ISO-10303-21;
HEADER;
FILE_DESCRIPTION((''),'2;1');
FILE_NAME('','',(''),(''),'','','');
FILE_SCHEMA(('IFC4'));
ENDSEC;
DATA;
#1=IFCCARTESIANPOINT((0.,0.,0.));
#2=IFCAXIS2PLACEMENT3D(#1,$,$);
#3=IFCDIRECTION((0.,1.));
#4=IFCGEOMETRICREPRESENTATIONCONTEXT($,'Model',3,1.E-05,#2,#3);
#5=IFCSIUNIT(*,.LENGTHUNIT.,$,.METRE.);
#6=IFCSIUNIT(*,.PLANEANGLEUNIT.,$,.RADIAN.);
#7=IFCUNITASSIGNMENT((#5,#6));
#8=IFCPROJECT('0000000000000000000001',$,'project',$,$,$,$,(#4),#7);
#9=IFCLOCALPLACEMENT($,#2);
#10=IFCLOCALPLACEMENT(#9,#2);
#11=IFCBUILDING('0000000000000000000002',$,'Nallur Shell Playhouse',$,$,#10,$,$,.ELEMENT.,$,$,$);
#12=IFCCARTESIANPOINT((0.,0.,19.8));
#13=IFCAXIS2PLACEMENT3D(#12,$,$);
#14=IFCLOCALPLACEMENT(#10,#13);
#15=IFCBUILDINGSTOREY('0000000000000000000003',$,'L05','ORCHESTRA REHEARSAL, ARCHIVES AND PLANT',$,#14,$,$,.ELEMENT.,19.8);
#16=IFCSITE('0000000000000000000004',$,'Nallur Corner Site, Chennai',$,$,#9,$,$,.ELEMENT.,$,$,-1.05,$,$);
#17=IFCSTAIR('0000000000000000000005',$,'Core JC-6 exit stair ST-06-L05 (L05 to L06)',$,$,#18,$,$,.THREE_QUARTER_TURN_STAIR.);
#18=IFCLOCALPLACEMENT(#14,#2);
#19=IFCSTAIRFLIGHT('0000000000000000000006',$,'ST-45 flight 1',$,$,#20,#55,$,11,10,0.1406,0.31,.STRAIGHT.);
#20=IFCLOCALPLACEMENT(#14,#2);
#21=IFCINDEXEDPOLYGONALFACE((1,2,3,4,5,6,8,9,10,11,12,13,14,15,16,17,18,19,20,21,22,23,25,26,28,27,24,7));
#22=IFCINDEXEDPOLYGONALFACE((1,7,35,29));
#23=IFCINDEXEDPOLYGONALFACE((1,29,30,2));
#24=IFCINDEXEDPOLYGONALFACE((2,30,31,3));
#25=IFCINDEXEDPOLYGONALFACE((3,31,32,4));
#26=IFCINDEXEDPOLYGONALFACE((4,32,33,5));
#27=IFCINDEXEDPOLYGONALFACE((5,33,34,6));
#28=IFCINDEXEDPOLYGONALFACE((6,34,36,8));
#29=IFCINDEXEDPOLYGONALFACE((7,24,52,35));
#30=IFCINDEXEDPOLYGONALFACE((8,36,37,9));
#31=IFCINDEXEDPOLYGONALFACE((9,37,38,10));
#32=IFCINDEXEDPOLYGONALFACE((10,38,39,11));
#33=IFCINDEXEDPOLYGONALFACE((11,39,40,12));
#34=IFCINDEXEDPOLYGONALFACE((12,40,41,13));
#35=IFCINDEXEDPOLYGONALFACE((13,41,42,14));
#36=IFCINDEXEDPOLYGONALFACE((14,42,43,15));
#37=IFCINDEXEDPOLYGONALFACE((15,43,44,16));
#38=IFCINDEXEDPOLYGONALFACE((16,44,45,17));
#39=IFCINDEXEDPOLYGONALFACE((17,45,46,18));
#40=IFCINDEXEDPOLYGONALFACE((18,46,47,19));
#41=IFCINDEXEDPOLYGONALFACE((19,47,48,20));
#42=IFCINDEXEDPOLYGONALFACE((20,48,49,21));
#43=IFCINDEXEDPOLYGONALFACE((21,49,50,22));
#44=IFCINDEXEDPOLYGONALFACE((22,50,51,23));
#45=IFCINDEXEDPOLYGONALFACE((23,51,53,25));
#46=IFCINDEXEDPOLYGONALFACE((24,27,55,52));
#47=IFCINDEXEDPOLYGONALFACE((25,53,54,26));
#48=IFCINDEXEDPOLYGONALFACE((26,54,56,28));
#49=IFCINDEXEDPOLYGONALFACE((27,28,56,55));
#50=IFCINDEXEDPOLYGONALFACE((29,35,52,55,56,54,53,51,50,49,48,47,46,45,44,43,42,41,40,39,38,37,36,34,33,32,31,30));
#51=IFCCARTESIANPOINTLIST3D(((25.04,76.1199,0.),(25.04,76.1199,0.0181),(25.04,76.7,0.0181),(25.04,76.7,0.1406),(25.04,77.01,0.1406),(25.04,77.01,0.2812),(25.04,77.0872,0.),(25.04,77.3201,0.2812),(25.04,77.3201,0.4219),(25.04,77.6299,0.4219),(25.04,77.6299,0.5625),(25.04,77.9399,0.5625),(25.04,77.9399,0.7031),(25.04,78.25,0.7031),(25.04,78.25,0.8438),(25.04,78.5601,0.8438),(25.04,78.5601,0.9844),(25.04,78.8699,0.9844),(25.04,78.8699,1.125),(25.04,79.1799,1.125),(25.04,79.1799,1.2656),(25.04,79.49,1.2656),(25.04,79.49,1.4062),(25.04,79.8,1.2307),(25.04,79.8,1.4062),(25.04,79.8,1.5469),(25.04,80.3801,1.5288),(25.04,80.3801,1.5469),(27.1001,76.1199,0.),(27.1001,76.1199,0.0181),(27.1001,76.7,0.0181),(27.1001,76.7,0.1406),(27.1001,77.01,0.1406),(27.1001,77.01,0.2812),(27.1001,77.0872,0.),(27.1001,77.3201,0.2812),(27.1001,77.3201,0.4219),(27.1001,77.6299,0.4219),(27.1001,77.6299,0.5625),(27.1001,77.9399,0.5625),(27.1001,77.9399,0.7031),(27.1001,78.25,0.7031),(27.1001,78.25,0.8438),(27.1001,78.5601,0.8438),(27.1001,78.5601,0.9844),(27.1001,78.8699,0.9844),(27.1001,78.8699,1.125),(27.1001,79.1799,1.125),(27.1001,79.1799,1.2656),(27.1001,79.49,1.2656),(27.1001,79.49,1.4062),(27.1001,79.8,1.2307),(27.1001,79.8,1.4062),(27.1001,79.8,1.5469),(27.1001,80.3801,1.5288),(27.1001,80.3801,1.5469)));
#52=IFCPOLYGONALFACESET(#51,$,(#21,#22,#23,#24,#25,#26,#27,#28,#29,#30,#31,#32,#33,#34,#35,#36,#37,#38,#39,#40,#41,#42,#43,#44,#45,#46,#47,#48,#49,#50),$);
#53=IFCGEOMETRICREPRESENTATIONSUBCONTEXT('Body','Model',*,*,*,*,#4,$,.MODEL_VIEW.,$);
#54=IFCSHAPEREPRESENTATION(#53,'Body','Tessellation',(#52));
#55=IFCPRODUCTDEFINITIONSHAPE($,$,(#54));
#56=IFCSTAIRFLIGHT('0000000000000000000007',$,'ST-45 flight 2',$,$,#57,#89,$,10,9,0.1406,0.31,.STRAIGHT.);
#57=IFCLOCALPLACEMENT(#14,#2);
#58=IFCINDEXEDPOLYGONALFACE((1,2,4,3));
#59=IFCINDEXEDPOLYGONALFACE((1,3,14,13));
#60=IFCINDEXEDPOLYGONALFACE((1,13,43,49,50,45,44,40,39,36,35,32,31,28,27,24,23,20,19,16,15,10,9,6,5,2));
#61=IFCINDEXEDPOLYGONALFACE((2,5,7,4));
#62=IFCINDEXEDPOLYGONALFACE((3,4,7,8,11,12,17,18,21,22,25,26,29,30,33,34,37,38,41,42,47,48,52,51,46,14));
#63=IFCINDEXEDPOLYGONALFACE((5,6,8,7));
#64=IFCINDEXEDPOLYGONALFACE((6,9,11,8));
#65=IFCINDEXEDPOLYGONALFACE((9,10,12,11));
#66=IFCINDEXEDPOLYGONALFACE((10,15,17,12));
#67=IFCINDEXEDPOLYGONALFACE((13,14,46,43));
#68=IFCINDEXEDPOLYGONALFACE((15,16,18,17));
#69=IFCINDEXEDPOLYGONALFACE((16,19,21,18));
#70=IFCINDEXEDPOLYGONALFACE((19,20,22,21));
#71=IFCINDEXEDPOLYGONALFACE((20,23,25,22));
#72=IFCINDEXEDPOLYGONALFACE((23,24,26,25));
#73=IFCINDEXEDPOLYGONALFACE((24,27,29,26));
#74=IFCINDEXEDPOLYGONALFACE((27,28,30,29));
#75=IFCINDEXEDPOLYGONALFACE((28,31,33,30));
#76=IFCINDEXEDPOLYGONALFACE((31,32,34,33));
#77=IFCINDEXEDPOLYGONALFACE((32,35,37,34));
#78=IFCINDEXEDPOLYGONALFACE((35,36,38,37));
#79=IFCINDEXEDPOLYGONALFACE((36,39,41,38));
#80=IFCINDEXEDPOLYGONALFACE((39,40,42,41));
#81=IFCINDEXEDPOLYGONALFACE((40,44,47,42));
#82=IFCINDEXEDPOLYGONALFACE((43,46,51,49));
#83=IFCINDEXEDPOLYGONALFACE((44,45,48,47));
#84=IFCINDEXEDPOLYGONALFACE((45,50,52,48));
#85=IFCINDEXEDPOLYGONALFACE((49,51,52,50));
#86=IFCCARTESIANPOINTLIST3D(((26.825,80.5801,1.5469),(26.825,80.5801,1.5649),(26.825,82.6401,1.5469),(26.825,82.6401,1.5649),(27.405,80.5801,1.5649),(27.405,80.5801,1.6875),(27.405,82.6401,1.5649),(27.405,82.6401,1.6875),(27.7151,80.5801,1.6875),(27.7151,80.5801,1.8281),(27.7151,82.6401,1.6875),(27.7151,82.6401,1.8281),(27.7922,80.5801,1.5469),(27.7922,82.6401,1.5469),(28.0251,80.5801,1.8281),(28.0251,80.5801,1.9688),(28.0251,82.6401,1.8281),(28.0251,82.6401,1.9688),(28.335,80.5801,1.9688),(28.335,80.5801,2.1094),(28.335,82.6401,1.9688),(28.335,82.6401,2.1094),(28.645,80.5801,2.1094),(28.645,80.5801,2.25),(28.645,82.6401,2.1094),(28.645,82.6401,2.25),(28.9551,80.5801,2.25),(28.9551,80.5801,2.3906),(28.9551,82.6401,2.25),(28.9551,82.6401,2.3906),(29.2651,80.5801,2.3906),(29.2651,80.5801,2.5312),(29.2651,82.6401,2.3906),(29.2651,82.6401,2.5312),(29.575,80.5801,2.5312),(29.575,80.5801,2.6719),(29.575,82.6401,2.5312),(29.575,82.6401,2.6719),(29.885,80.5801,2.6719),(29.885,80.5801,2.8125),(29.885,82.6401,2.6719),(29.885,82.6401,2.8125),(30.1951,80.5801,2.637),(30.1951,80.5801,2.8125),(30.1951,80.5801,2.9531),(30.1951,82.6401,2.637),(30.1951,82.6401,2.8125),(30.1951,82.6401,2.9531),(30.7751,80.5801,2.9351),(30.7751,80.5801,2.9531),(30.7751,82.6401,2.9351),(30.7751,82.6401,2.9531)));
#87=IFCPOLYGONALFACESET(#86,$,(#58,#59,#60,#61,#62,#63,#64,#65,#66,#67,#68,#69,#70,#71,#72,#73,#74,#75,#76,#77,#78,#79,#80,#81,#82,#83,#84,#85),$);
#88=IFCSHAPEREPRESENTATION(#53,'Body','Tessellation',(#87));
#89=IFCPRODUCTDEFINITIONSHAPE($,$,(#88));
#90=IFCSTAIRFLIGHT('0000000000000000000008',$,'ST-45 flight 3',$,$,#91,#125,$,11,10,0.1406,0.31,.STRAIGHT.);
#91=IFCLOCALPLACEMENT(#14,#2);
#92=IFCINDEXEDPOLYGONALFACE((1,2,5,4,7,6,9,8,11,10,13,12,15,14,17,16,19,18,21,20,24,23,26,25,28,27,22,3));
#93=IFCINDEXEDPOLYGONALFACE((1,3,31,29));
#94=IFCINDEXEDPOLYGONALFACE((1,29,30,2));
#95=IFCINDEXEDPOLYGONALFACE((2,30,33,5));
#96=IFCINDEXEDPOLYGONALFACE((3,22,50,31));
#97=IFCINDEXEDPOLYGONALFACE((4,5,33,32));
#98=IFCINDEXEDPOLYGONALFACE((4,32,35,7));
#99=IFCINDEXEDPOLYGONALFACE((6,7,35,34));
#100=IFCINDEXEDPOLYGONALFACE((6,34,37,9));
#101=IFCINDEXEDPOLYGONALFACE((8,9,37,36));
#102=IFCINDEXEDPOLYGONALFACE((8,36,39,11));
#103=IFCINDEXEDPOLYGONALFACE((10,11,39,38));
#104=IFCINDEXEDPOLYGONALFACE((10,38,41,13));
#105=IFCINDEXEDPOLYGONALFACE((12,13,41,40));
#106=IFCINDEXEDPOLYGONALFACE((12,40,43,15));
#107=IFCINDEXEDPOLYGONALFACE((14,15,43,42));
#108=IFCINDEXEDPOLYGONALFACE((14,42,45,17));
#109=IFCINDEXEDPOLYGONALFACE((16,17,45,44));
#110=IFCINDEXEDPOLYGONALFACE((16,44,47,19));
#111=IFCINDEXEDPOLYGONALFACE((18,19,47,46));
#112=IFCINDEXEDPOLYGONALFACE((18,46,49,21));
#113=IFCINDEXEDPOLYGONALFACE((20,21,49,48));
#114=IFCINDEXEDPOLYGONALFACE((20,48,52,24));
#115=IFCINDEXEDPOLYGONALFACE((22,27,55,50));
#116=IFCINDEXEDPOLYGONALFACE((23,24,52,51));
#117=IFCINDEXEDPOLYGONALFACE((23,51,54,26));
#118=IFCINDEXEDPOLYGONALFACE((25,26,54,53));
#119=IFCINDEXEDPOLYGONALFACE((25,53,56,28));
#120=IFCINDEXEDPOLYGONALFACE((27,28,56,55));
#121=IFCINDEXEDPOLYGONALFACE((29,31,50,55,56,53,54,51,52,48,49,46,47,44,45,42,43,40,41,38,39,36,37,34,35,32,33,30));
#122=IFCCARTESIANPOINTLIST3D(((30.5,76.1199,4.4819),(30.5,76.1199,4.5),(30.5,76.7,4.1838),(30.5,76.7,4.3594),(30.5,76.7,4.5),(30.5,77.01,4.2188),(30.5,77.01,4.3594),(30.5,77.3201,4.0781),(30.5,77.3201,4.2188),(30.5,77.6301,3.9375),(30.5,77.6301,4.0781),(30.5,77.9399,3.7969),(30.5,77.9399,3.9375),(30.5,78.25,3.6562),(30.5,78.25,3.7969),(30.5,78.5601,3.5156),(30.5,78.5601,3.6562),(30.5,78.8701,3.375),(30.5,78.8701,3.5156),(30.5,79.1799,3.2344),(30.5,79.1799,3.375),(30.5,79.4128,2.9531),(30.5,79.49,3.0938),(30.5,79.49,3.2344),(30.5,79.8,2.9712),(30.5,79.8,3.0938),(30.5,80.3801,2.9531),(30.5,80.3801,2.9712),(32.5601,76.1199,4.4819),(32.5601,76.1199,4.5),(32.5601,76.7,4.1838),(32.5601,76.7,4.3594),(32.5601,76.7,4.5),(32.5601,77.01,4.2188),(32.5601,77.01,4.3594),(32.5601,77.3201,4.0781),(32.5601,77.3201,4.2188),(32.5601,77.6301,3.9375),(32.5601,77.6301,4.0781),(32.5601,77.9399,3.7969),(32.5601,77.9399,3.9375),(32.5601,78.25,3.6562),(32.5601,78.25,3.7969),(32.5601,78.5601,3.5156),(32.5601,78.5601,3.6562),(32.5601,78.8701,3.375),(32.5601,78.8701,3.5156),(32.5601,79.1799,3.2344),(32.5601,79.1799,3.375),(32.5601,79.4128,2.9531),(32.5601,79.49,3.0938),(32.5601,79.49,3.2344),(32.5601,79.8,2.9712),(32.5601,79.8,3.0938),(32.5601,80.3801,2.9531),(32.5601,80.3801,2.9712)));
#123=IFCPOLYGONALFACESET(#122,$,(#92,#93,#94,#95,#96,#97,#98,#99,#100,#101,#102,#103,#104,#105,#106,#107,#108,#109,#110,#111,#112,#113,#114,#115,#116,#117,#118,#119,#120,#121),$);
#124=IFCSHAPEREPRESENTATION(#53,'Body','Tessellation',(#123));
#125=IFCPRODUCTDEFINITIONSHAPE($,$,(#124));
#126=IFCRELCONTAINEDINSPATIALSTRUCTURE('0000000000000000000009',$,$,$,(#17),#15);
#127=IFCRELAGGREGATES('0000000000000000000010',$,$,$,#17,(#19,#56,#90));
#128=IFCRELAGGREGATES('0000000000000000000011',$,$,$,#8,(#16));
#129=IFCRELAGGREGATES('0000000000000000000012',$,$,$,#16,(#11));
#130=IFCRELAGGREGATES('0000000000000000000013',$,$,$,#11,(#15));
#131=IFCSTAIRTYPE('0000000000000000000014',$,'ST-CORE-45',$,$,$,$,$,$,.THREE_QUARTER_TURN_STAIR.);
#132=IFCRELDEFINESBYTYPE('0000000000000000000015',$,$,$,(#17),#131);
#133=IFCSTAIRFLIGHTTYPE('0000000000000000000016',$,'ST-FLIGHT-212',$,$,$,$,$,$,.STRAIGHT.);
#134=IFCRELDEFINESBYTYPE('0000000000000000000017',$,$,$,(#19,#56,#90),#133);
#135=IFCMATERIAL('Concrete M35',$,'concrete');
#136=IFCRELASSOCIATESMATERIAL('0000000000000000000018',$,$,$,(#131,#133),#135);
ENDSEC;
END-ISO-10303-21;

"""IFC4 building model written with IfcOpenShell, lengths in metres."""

from ifc_helpers import new_model, si_unit, direction, frame, origin, place, context, subcontext, project, spatial, polyline, outline, extrude, material, type_object, element, aggregate, save


model = new_model("IFC4")

# Units and contexts
model_context = context("Model", 3, precision=1e-05, world=origin(), true_north=direction((0.0, 1.0)))
body_context = subcontext(model_context, "Body", "Model", "MODEL_VIEW")
ifc_project = project(units=[si_unit("LENGTHUNIT", "METRE"), si_unit("PLANEANGLEUNIT", "RADIAN")], contexts=[model_context])

# Site, building, storey
site_placement = place(None, origin())
site = spatial("IfcSite", under=ifc_project, at=site_placement, Name="Nallur Corner Site, Chennai", CompositionType="ELEMENT", RefElevation=-1.05)
building_placement = place(site_placement, origin())
building = spatial("IfcBuilding", under=site, at=building_placement, Name="Nallur Shell Playhouse", CompositionType="ELEMENT")
storey_placement = place(building_placement, frame((0.0, 0.0, 19.8)))
storey = spatial("IfcBuildingStorey", under=building, at=storey_placement, Name="L05", Description="ORCHESTRA REHEARSAL, ARCHIVES AND PLANT", CompositionType="ELEMENT", Elevation=19.8)

# Shared definitions
ifc_material_1 = material(Name="Concrete M35", Category="concrete")

# Stair, stair flights
stair_type = type_object("IfcStairType", Name="ST-CORE-45", PredefinedType="THREE_QUARTER_TURN_STAIR", material=ifc_material_1)
stair_placement = place(storey_placement, origin())
stair = element("IfcStair", 1, at=stair_placement, inside=storey, type_object=stair_type, Name="Core JC-6 exit stair ST-06-L05 (L05 to L06)", PredefinedType="THREE_QUARTER_TURN_STAIR")
stair_flight_type = type_object("IfcStairFlightType", Name="ST-FLIGHT-212", PredefinedType="STRAIGHT", material=ifc_material_1)
stair_flight_1_placement = place(storey_placement, frame((26.0701, 76.7, 0.0), z_axis=(0.0, 0.0, 1.0), x_axis=(0.0, 1.0, 0.0)))
stair_flight_1 = element("IfcStairFlight", 2, at=stair_flight_1_placement, type_object=stair_flight_type, Name="ST-45 flight 1", NumberOfRisers=11, NumberOfTreads=10, PredefinedType="STRAIGHT", RiserHeight=0.1406, TreadLength=0.31, context=body_context, shape_type="SweptSolid", body=[
    extrude(outline(polyline([(-0.5801, 0.0), (-0.5801, 0.0181), (0.0, 0.0181), (0.0, 0.1406), (0.3101, 0.1406), (0.3101, 0.2812), (0.6201, 0.2812), (0.6201, 0.4219), (0.9299, 0.4219), (0.9299, 0.5625), (1.24, 0.5625), (1.24, 0.7031), (1.55, 0.7031), (1.55, 0.8438), (1.8601, 0.8438), (1.8601, 0.9844), (2.1699, 0.9844), (2.1699, 1.125), (2.48, 1.125), (2.48, 1.2656), (2.79, 1.2656), (2.79, 1.4062), (3.1001, 1.4062), (3.1001, 1.5469), (3.6802, 1.5469), (3.6802, 1.5288), (3.1001, 1.2307), (0.3872, 0.0), (-0.5801, 0.0)])), frame((0.0, 1.03, 0.0), z_axis=(0.0, -1.0, 0.0), x_axis=(1.0, 0.0, 0.0)), (0.0, 0.0, 1.0), 2.0601),
])
stair_flight_2_placement = place(storey_placement, frame((27.405, 81.6101, 1.5469), z_axis=(0.0, 0.0, 1.0), x_axis=(1.0, 0.0, 0.0)))
stair_flight_2 = element("IfcStairFlight", 3, at=stair_flight_2_placement, type_object=stair_flight_type, Name="ST-45 flight 2", NumberOfRisers=10, NumberOfTreads=9, PredefinedType="STRAIGHT", RiserHeight=0.1406, TreadLength=0.31, context=body_context, shape_type="SweptSolid", body=[
    extrude(outline(polyline([(-0.5801, 0.0), (-0.5801, 0.0181), (0.0, 0.0181), (0.0, 0.1406), (0.3101, 0.1406), (0.3101, 0.2812), (0.6201, 0.2812), (0.6201, 0.4219), (0.9299, 0.4219), (0.9299, 0.5625), (1.24, 0.5625), (1.24, 0.7031), (1.55, 0.7031), (1.55, 0.8438), (1.8601, 0.8438), (1.8601, 0.9844), (2.1699, 0.9844), (2.1699, 1.125), (2.48, 1.125), (2.48, 1.2656), (2.79, 1.2656), (2.79, 1.4062), (3.3701, 1.4062), (3.3701, 1.3882), (2.79, 1.0901), (0.3872, 0.0), (-0.5801, 0.0)])), frame((0.0, 1.03, 0.0), z_axis=(0.0, -1.0, 0.0), x_axis=(1.0, 0.0, 0.0)), (0.0, 0.0, 1.0), 2.0601),
])
stair_flight_3_placement = place(storey_placement, frame((31.53, 79.8, 2.9531), z_axis=(0.0, 0.0, 1.0), x_axis=(0.0, -1.0, 0.0)))
stair_flight_3 = element("IfcStairFlight", 4, at=stair_flight_3_placement, type_object=stair_flight_type, Name="ST-45 flight 3", NumberOfRisers=11, NumberOfTreads=10, PredefinedType="STRAIGHT", RiserHeight=0.1406, TreadLength=0.31, context=body_context, shape_type="SweptSolid", body=[
    extrude(outline(polyline([(-0.5801, 0.0), (-0.5801, 0.0181), (0.0, 0.0181), (0.0, 0.1406), (0.3101, 0.1406), (0.3101, 0.2812), (0.6201, 0.2812), (0.6201, 0.4219), (0.9299, 0.4219), (0.9299, 0.5625), (1.24, 0.5625), (1.24, 0.7031), (1.55, 0.7031), (1.55, 0.8438), (1.8601, 0.8438), (1.8601, 0.9844), (2.1699, 0.9844), (2.1699, 1.125), (2.48, 1.125), (2.48, 1.2656), (2.79, 1.2656), (2.79, 1.4062), (3.1001, 1.4062), (3.1001, 1.5469), (3.6802, 1.5469), (3.6802, 1.5288), (3.1001, 1.2307), (0.3872, 0.0), (-0.5801, 0.0)])), frame((0.0, 1.03, 0.0), z_axis=(0.0, -1.0, 0.0), x_axis=(1.0, 0.0, 0.0)), (0.0, 0.0, 1.0), 2.0601),
])
aggregate(stair, [stair_flight_1, stair_flight_2, stair_flight_3])

save(model, "model.ifc")
